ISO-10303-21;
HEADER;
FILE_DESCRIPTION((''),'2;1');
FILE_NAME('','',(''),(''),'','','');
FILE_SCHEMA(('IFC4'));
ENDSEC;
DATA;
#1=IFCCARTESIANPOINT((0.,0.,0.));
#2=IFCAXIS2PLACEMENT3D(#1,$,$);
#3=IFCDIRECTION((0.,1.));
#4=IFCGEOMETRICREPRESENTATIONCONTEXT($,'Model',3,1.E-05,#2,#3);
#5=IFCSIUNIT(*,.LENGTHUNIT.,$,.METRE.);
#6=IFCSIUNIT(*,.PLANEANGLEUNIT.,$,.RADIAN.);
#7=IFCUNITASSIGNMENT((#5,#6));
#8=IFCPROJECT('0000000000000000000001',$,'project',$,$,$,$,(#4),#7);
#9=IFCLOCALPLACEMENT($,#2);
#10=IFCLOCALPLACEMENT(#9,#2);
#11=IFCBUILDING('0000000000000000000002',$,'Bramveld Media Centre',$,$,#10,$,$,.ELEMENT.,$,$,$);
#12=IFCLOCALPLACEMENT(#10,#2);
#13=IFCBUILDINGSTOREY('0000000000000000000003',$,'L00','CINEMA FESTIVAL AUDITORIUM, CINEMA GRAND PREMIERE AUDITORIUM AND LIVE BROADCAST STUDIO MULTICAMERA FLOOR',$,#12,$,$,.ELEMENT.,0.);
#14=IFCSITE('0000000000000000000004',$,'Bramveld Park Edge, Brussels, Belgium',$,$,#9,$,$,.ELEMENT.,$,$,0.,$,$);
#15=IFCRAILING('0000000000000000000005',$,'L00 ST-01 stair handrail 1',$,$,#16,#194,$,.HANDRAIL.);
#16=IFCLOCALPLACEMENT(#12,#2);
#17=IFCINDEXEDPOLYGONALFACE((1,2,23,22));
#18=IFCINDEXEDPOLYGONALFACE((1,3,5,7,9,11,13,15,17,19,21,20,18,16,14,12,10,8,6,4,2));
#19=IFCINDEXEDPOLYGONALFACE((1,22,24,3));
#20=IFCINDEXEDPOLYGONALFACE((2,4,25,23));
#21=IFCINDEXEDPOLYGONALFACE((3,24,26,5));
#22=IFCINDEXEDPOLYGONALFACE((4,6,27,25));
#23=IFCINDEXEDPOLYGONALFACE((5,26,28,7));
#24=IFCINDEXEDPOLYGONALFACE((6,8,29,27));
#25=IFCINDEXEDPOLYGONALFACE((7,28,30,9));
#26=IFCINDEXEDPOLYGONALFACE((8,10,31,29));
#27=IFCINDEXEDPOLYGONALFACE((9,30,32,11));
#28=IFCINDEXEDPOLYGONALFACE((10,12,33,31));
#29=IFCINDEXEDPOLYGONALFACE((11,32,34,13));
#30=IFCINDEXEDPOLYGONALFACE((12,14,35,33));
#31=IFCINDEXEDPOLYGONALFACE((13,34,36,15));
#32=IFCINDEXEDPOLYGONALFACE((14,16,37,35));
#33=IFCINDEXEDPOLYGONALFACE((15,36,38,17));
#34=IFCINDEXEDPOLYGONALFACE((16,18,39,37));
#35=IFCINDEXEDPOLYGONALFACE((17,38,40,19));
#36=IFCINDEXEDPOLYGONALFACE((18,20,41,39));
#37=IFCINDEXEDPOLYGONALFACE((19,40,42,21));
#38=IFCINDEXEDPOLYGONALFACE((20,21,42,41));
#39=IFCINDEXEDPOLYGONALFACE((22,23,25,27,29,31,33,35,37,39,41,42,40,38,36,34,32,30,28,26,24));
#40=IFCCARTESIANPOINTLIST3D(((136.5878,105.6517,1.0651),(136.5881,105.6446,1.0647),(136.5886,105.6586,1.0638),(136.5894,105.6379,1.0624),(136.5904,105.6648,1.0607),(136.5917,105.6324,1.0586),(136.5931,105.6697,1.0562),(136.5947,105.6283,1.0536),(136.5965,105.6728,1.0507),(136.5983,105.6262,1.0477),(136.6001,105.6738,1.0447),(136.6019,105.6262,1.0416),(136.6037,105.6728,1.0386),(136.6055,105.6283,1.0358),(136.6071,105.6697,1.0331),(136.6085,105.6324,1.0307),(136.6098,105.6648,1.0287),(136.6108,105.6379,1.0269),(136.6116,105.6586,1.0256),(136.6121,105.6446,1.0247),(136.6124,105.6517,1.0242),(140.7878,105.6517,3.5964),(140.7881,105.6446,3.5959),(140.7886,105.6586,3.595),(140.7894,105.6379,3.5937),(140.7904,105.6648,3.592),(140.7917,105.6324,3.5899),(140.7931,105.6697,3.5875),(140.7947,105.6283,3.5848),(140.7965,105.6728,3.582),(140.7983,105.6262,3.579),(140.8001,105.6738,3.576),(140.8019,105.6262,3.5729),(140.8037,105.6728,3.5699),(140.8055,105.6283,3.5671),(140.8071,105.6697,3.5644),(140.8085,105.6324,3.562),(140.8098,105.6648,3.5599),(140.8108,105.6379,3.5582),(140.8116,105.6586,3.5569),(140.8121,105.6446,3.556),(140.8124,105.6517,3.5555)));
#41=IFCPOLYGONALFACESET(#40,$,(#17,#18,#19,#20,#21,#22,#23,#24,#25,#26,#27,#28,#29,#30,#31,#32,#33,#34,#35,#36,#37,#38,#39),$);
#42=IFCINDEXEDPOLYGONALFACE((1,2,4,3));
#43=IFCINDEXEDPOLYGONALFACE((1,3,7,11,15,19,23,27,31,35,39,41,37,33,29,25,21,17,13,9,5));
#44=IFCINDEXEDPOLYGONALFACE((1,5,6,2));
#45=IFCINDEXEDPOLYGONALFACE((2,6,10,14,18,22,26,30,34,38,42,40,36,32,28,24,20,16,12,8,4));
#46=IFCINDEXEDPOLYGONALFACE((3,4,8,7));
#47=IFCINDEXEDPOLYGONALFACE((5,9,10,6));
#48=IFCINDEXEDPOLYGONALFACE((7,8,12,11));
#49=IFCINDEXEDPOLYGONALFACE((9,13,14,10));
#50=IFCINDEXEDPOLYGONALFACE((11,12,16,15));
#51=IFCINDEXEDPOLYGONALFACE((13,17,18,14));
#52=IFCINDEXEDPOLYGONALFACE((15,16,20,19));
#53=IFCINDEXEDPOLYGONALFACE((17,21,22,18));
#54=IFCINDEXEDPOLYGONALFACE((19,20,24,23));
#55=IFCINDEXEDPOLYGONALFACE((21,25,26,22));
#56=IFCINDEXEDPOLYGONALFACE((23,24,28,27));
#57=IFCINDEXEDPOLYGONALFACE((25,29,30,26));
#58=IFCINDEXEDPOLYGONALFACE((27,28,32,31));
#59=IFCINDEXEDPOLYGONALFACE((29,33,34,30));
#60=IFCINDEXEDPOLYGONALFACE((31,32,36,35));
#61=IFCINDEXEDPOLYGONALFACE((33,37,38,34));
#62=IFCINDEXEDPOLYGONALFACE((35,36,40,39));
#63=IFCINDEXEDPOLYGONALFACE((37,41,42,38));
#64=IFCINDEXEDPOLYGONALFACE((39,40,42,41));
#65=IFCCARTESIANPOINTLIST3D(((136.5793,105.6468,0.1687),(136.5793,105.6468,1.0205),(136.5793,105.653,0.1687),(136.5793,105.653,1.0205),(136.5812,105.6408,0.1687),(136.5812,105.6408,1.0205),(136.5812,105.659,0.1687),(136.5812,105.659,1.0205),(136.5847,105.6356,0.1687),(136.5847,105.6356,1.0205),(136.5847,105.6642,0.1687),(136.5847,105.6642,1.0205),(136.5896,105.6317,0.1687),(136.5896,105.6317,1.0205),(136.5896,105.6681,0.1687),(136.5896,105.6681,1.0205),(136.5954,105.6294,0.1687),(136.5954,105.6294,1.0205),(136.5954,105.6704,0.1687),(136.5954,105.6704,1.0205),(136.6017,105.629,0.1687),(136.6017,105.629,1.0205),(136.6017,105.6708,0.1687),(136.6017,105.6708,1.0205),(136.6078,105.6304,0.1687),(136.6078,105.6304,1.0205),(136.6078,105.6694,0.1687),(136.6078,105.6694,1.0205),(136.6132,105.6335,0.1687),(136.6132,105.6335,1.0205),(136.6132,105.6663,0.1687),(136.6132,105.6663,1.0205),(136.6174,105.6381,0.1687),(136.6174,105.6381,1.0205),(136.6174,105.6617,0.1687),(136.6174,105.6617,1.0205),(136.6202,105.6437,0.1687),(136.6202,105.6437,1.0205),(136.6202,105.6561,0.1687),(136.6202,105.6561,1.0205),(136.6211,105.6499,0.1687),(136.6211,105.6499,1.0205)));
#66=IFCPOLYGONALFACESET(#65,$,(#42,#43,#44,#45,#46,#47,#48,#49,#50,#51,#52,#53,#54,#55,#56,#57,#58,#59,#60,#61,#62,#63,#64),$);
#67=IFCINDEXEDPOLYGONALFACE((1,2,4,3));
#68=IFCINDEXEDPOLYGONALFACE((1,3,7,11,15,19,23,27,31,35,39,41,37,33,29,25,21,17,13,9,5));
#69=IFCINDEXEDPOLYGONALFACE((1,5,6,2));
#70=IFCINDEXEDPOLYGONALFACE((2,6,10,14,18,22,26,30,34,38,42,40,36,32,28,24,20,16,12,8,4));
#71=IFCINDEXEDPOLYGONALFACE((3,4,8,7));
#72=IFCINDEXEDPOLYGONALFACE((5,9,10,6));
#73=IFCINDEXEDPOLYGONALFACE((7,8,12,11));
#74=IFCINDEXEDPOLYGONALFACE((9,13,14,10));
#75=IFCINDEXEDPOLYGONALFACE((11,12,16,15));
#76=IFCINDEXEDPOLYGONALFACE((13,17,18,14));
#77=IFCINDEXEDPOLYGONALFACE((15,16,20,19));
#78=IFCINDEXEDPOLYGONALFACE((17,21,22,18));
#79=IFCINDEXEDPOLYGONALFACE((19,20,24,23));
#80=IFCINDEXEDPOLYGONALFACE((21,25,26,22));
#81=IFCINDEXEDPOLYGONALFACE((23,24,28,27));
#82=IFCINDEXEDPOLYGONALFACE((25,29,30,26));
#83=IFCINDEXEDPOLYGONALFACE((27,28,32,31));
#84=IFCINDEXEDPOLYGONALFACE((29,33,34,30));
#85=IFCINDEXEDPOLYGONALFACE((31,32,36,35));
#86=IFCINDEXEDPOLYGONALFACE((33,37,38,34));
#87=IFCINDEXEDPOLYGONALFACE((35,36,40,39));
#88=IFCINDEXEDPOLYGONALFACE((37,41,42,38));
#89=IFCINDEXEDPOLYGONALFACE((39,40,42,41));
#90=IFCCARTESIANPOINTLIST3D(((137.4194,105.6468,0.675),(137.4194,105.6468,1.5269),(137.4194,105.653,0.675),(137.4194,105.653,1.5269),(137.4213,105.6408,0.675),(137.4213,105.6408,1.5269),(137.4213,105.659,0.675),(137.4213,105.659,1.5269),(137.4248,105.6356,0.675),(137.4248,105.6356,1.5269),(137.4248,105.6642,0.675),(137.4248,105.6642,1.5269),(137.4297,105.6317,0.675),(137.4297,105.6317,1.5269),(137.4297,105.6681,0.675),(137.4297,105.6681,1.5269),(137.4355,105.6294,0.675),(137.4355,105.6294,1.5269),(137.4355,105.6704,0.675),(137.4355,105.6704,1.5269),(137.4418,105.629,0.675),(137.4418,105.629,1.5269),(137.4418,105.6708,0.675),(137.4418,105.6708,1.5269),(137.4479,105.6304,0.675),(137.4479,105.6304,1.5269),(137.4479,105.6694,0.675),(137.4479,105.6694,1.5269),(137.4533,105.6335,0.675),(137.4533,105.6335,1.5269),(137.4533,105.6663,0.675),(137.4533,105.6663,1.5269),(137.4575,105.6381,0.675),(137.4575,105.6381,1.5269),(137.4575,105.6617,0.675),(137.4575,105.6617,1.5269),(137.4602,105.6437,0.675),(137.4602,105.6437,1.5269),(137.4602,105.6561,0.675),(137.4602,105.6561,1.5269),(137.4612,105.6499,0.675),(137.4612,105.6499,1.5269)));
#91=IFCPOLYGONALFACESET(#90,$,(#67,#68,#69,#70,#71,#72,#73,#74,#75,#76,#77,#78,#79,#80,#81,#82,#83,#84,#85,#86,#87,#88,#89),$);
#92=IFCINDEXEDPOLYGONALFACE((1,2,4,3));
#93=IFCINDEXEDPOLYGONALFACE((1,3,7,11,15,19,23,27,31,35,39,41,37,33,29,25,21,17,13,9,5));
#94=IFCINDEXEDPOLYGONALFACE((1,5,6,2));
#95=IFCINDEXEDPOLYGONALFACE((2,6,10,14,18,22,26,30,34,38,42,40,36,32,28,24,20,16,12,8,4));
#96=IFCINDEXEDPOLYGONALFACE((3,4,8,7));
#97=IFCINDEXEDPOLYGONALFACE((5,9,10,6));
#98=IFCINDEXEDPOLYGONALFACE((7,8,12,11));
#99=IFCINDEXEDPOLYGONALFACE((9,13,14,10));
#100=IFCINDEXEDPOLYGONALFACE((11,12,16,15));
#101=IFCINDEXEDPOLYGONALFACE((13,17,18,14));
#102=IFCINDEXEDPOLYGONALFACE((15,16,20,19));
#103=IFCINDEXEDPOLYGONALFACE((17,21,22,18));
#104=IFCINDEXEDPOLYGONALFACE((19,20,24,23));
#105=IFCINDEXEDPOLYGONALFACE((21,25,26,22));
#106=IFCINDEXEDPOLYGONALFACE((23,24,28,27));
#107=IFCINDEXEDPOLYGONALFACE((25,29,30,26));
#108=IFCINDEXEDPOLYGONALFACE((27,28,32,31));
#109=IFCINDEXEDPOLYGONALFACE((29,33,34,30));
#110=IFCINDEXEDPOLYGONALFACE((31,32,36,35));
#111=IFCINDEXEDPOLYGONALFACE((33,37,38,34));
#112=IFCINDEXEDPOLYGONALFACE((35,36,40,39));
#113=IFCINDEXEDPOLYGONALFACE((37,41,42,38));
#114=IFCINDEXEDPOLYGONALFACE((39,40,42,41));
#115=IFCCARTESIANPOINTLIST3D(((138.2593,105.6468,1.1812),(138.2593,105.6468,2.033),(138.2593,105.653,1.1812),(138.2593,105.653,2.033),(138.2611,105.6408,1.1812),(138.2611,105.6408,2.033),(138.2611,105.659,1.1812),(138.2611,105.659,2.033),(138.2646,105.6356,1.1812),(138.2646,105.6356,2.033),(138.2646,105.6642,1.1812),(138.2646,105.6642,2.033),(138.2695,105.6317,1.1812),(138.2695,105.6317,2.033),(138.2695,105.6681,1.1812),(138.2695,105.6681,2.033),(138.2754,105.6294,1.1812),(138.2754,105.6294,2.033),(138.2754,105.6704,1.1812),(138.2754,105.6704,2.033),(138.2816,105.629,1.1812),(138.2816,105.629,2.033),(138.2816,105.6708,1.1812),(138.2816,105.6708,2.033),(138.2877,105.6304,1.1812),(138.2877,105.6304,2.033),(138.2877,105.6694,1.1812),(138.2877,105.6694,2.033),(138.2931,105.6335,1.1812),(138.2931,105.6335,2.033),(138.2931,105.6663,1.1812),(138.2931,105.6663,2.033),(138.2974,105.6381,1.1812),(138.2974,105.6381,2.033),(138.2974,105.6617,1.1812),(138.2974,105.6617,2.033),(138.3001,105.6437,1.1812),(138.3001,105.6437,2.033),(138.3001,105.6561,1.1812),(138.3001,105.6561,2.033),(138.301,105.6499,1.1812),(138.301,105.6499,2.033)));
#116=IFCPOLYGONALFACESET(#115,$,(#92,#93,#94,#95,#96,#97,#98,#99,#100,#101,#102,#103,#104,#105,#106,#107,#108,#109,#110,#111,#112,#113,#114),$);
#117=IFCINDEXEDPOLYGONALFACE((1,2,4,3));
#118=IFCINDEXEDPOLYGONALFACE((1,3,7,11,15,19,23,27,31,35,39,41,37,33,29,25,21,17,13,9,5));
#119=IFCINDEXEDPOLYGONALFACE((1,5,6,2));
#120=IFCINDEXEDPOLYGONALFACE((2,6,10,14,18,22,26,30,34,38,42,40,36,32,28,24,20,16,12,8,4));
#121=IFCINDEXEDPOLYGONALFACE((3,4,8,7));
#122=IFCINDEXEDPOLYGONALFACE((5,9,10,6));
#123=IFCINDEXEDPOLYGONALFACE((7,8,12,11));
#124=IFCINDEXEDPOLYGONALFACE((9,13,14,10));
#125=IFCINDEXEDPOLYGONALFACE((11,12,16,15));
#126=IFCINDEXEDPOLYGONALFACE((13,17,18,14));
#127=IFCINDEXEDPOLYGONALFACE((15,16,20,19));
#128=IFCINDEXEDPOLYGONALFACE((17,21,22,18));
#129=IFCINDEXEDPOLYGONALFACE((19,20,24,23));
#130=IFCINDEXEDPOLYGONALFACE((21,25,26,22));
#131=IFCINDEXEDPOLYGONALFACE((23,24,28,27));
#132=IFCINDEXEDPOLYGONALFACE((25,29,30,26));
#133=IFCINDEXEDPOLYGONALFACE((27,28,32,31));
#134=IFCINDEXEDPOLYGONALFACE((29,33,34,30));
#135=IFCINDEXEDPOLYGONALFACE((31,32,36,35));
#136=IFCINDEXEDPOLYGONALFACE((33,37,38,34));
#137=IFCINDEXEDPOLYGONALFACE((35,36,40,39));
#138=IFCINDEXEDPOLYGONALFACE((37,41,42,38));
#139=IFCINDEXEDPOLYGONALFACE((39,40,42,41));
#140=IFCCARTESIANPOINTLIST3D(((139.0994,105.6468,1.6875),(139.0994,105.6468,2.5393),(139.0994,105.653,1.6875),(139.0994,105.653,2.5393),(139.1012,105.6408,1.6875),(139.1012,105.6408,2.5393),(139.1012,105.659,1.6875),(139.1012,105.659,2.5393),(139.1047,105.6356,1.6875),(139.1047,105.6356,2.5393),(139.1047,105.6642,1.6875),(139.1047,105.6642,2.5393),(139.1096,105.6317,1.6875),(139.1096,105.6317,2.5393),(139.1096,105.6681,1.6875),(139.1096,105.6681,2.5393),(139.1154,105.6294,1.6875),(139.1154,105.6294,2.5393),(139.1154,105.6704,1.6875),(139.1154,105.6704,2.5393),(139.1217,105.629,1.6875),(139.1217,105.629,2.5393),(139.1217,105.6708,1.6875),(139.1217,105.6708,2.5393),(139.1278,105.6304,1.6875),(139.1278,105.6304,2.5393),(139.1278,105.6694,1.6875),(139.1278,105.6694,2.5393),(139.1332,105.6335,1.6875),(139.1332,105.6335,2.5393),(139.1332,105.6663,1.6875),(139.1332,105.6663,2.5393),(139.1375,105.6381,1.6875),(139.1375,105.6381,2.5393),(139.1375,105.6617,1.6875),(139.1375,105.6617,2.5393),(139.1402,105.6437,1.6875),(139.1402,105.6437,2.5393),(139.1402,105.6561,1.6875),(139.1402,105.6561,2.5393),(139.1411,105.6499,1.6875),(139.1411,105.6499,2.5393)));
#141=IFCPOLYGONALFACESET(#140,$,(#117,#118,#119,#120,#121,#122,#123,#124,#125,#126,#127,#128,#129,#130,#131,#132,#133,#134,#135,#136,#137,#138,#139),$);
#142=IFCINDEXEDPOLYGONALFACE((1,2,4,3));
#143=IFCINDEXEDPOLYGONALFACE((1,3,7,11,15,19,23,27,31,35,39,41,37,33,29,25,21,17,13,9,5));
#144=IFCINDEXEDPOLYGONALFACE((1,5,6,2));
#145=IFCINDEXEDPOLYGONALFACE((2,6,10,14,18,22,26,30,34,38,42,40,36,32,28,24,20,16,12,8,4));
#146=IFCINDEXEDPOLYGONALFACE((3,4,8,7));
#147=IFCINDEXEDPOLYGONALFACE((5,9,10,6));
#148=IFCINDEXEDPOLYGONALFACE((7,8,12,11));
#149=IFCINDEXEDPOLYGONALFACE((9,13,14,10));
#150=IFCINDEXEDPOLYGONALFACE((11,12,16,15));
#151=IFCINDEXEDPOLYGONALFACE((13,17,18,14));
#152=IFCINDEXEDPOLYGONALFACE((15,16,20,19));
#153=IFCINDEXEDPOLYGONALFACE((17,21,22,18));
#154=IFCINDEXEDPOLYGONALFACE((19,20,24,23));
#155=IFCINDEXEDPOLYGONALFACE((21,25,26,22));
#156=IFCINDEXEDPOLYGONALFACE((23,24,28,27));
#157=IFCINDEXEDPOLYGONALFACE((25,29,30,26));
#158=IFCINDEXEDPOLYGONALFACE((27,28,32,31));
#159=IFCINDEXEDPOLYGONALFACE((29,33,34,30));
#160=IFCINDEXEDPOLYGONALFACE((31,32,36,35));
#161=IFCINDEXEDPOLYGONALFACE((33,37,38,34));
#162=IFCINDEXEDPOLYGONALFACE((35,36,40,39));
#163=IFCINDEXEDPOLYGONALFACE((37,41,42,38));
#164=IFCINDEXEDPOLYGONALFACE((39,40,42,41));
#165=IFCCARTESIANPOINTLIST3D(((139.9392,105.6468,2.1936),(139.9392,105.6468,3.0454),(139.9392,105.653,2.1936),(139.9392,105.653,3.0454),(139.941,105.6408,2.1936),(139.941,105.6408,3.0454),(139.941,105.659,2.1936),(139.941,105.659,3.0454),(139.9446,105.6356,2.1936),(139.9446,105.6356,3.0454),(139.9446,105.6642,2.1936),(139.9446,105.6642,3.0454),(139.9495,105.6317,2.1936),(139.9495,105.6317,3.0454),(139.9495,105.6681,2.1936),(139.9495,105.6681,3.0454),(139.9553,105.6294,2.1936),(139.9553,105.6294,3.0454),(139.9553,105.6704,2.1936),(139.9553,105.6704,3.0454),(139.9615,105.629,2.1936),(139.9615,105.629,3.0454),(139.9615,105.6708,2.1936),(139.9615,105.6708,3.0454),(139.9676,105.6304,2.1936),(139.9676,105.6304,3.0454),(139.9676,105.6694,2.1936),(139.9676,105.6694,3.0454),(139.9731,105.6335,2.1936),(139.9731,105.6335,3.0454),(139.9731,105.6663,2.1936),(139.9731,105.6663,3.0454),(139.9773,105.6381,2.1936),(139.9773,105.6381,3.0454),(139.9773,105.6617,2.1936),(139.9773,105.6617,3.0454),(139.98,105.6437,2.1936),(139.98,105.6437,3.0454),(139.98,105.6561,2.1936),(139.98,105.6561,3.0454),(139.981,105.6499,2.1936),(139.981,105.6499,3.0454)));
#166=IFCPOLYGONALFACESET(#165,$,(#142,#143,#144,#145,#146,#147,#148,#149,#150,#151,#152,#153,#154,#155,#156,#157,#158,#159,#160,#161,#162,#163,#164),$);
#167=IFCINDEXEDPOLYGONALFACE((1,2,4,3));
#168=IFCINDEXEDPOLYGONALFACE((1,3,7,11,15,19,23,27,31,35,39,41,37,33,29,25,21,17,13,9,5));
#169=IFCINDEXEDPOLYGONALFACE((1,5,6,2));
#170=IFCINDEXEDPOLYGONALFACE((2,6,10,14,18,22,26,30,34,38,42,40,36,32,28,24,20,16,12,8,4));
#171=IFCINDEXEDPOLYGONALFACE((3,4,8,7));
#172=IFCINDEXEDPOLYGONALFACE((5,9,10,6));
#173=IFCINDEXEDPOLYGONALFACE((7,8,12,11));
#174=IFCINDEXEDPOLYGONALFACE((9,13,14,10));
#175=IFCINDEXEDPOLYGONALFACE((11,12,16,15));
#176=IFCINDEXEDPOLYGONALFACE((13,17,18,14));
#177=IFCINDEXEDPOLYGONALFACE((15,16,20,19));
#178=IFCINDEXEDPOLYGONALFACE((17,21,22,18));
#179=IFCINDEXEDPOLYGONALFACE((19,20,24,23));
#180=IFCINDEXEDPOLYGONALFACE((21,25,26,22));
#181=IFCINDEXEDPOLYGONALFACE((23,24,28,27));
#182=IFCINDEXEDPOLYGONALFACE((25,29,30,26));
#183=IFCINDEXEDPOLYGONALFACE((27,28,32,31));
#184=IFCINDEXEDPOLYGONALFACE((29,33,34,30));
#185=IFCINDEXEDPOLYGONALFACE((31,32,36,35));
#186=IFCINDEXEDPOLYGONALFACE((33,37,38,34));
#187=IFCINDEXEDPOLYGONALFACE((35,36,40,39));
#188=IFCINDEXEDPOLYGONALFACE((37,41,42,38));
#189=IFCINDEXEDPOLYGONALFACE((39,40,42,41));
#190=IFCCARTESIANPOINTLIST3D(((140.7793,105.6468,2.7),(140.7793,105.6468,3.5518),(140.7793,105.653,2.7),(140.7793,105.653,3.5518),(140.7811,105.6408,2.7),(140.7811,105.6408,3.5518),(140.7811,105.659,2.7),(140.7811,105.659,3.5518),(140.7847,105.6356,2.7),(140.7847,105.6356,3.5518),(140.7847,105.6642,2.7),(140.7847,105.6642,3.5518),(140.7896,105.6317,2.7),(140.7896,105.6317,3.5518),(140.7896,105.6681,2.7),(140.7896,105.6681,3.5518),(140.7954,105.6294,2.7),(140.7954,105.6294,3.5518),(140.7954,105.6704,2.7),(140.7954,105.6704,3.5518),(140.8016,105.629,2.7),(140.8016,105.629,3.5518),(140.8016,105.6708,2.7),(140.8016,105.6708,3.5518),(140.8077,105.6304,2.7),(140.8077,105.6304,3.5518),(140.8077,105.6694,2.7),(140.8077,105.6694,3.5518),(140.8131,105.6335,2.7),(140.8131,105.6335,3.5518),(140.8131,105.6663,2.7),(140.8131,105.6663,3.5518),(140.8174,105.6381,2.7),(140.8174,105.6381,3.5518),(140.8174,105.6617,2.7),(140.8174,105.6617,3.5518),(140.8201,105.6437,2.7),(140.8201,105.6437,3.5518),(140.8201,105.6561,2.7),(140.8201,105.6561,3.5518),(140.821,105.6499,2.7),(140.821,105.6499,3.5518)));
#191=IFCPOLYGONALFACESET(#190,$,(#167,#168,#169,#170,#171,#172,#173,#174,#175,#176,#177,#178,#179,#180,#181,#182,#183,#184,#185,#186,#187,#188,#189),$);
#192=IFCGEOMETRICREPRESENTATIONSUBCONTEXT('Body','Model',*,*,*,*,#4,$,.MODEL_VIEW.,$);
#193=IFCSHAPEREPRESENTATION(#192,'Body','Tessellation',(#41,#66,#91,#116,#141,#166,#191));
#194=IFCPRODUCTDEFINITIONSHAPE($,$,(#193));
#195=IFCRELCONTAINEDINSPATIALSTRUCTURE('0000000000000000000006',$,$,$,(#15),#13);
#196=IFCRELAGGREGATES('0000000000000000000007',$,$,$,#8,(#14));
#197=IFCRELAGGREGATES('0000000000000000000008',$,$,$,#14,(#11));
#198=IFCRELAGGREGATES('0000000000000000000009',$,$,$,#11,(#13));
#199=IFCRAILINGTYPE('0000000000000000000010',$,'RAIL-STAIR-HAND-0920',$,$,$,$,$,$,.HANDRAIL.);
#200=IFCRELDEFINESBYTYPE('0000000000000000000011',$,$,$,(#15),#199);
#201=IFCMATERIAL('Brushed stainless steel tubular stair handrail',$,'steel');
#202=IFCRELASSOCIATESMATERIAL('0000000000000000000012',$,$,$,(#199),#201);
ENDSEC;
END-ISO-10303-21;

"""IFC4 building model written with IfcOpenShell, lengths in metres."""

from ifc_helpers import new_model, si_unit, direction, frame, origin, origin_2d, place, context, subcontext, project, spatial, circle, extrude, material, type_object, element, save


model = new_model("IFC4")

# Units and contexts
model_context = context("Model", 3, precision=1e-05, world=origin(), true_north=direction((0.0, 1.0)))
body_context = subcontext(model_context, "Body", "Model", "MODEL_VIEW")
ifc_project = project(units=[si_unit("LENGTHUNIT", "METRE"), si_unit("PLANEANGLEUNIT", "RADIAN")], contexts=[model_context])

# Site, building, storey
site_placement = place(None, origin())
site = spatial("IfcSite", under=ifc_project, at=site_placement, Name="Bramveld Park Edge, Brussels, Belgium", CompositionType="ELEMENT", RefElevation=0.0)
building_placement = place(site_placement, origin())
building = spatial("IfcBuilding", under=site, at=building_placement, Name="Bramveld Media Centre", CompositionType="ELEMENT")
storey_placement = place(building_placement, origin())
storey = spatial("IfcBuildingStorey", under=building, at=storey_placement, Name="L00", Description="CINEMA FESTIVAL AUDITORIUM, CINEMA GRAND PREMIERE AUDITORIUM AND LIVE BROADCAST STUDIO MULTICAMERA FLOOR", CompositionType="ELEMENT", Elevation=0.0)

# Railing
ifc_material_1 = material(Name="Brushed stainless steel tubular stair handrail", Category="steel")
railing_type_1 = type_object("IfcRailingType", Name="RAIL-STAIR-HAND-0920", PredefinedType="HANDRAIL", material=ifc_material_1)
railing_1_placement = place(storey_placement, frame((136.6001, 105.6499, 0.1687)))
element("IfcRailing", 1, at=railing_1_placement, inside=storey, type_object=railing_type_1, Name="L00 ST-01 stair handrail 1", PredefinedType="HANDRAIL", context=body_context, shape_type="SweptSolid", body=[
    extrude(circle(Radius=0.0239, at=origin_2d()), frame((0.0, 0.0, 0.876), z_axis=(0.856476, 0.0, 0.516186), x_axis=(0.0, 1.0, 0.0)), (0.0, 0.0, 1.0), 4.9038),
    extrude(circle(Radius=0.021, at=origin_2d()), origin(), (0.0, 0.0, 1.0), 0.8518),
    extrude(circle(Radius=0.021, at=origin_2d()), frame((0.8401, 0.0, 0.5063)), (0.0, 0.0, 1.0), 0.8518),
    extrude(circle(Radius=0.021, at=origin_2d()), frame((1.6799, 0.0, 1.0125)), (0.0, 0.0, 1.0), 0.8518),
    extrude(circle(Radius=0.021, at=origin_2d()), frame((2.52, 0.0, 1.5188)), (0.0, 0.0, 1.0), 0.8518),
    extrude(circle(Radius=0.021, at=origin_2d()), frame((3.3599, 0.0, 2.0249)), (0.0, 0.0, 1.0), 0.8518),
    extrude(circle(Radius=0.021, at=origin_2d()), frame((4.2, 0.0, 2.5312)), (0.0, 0.0, 1.0), 0.8518),
])

save(model, "model.ifc")
